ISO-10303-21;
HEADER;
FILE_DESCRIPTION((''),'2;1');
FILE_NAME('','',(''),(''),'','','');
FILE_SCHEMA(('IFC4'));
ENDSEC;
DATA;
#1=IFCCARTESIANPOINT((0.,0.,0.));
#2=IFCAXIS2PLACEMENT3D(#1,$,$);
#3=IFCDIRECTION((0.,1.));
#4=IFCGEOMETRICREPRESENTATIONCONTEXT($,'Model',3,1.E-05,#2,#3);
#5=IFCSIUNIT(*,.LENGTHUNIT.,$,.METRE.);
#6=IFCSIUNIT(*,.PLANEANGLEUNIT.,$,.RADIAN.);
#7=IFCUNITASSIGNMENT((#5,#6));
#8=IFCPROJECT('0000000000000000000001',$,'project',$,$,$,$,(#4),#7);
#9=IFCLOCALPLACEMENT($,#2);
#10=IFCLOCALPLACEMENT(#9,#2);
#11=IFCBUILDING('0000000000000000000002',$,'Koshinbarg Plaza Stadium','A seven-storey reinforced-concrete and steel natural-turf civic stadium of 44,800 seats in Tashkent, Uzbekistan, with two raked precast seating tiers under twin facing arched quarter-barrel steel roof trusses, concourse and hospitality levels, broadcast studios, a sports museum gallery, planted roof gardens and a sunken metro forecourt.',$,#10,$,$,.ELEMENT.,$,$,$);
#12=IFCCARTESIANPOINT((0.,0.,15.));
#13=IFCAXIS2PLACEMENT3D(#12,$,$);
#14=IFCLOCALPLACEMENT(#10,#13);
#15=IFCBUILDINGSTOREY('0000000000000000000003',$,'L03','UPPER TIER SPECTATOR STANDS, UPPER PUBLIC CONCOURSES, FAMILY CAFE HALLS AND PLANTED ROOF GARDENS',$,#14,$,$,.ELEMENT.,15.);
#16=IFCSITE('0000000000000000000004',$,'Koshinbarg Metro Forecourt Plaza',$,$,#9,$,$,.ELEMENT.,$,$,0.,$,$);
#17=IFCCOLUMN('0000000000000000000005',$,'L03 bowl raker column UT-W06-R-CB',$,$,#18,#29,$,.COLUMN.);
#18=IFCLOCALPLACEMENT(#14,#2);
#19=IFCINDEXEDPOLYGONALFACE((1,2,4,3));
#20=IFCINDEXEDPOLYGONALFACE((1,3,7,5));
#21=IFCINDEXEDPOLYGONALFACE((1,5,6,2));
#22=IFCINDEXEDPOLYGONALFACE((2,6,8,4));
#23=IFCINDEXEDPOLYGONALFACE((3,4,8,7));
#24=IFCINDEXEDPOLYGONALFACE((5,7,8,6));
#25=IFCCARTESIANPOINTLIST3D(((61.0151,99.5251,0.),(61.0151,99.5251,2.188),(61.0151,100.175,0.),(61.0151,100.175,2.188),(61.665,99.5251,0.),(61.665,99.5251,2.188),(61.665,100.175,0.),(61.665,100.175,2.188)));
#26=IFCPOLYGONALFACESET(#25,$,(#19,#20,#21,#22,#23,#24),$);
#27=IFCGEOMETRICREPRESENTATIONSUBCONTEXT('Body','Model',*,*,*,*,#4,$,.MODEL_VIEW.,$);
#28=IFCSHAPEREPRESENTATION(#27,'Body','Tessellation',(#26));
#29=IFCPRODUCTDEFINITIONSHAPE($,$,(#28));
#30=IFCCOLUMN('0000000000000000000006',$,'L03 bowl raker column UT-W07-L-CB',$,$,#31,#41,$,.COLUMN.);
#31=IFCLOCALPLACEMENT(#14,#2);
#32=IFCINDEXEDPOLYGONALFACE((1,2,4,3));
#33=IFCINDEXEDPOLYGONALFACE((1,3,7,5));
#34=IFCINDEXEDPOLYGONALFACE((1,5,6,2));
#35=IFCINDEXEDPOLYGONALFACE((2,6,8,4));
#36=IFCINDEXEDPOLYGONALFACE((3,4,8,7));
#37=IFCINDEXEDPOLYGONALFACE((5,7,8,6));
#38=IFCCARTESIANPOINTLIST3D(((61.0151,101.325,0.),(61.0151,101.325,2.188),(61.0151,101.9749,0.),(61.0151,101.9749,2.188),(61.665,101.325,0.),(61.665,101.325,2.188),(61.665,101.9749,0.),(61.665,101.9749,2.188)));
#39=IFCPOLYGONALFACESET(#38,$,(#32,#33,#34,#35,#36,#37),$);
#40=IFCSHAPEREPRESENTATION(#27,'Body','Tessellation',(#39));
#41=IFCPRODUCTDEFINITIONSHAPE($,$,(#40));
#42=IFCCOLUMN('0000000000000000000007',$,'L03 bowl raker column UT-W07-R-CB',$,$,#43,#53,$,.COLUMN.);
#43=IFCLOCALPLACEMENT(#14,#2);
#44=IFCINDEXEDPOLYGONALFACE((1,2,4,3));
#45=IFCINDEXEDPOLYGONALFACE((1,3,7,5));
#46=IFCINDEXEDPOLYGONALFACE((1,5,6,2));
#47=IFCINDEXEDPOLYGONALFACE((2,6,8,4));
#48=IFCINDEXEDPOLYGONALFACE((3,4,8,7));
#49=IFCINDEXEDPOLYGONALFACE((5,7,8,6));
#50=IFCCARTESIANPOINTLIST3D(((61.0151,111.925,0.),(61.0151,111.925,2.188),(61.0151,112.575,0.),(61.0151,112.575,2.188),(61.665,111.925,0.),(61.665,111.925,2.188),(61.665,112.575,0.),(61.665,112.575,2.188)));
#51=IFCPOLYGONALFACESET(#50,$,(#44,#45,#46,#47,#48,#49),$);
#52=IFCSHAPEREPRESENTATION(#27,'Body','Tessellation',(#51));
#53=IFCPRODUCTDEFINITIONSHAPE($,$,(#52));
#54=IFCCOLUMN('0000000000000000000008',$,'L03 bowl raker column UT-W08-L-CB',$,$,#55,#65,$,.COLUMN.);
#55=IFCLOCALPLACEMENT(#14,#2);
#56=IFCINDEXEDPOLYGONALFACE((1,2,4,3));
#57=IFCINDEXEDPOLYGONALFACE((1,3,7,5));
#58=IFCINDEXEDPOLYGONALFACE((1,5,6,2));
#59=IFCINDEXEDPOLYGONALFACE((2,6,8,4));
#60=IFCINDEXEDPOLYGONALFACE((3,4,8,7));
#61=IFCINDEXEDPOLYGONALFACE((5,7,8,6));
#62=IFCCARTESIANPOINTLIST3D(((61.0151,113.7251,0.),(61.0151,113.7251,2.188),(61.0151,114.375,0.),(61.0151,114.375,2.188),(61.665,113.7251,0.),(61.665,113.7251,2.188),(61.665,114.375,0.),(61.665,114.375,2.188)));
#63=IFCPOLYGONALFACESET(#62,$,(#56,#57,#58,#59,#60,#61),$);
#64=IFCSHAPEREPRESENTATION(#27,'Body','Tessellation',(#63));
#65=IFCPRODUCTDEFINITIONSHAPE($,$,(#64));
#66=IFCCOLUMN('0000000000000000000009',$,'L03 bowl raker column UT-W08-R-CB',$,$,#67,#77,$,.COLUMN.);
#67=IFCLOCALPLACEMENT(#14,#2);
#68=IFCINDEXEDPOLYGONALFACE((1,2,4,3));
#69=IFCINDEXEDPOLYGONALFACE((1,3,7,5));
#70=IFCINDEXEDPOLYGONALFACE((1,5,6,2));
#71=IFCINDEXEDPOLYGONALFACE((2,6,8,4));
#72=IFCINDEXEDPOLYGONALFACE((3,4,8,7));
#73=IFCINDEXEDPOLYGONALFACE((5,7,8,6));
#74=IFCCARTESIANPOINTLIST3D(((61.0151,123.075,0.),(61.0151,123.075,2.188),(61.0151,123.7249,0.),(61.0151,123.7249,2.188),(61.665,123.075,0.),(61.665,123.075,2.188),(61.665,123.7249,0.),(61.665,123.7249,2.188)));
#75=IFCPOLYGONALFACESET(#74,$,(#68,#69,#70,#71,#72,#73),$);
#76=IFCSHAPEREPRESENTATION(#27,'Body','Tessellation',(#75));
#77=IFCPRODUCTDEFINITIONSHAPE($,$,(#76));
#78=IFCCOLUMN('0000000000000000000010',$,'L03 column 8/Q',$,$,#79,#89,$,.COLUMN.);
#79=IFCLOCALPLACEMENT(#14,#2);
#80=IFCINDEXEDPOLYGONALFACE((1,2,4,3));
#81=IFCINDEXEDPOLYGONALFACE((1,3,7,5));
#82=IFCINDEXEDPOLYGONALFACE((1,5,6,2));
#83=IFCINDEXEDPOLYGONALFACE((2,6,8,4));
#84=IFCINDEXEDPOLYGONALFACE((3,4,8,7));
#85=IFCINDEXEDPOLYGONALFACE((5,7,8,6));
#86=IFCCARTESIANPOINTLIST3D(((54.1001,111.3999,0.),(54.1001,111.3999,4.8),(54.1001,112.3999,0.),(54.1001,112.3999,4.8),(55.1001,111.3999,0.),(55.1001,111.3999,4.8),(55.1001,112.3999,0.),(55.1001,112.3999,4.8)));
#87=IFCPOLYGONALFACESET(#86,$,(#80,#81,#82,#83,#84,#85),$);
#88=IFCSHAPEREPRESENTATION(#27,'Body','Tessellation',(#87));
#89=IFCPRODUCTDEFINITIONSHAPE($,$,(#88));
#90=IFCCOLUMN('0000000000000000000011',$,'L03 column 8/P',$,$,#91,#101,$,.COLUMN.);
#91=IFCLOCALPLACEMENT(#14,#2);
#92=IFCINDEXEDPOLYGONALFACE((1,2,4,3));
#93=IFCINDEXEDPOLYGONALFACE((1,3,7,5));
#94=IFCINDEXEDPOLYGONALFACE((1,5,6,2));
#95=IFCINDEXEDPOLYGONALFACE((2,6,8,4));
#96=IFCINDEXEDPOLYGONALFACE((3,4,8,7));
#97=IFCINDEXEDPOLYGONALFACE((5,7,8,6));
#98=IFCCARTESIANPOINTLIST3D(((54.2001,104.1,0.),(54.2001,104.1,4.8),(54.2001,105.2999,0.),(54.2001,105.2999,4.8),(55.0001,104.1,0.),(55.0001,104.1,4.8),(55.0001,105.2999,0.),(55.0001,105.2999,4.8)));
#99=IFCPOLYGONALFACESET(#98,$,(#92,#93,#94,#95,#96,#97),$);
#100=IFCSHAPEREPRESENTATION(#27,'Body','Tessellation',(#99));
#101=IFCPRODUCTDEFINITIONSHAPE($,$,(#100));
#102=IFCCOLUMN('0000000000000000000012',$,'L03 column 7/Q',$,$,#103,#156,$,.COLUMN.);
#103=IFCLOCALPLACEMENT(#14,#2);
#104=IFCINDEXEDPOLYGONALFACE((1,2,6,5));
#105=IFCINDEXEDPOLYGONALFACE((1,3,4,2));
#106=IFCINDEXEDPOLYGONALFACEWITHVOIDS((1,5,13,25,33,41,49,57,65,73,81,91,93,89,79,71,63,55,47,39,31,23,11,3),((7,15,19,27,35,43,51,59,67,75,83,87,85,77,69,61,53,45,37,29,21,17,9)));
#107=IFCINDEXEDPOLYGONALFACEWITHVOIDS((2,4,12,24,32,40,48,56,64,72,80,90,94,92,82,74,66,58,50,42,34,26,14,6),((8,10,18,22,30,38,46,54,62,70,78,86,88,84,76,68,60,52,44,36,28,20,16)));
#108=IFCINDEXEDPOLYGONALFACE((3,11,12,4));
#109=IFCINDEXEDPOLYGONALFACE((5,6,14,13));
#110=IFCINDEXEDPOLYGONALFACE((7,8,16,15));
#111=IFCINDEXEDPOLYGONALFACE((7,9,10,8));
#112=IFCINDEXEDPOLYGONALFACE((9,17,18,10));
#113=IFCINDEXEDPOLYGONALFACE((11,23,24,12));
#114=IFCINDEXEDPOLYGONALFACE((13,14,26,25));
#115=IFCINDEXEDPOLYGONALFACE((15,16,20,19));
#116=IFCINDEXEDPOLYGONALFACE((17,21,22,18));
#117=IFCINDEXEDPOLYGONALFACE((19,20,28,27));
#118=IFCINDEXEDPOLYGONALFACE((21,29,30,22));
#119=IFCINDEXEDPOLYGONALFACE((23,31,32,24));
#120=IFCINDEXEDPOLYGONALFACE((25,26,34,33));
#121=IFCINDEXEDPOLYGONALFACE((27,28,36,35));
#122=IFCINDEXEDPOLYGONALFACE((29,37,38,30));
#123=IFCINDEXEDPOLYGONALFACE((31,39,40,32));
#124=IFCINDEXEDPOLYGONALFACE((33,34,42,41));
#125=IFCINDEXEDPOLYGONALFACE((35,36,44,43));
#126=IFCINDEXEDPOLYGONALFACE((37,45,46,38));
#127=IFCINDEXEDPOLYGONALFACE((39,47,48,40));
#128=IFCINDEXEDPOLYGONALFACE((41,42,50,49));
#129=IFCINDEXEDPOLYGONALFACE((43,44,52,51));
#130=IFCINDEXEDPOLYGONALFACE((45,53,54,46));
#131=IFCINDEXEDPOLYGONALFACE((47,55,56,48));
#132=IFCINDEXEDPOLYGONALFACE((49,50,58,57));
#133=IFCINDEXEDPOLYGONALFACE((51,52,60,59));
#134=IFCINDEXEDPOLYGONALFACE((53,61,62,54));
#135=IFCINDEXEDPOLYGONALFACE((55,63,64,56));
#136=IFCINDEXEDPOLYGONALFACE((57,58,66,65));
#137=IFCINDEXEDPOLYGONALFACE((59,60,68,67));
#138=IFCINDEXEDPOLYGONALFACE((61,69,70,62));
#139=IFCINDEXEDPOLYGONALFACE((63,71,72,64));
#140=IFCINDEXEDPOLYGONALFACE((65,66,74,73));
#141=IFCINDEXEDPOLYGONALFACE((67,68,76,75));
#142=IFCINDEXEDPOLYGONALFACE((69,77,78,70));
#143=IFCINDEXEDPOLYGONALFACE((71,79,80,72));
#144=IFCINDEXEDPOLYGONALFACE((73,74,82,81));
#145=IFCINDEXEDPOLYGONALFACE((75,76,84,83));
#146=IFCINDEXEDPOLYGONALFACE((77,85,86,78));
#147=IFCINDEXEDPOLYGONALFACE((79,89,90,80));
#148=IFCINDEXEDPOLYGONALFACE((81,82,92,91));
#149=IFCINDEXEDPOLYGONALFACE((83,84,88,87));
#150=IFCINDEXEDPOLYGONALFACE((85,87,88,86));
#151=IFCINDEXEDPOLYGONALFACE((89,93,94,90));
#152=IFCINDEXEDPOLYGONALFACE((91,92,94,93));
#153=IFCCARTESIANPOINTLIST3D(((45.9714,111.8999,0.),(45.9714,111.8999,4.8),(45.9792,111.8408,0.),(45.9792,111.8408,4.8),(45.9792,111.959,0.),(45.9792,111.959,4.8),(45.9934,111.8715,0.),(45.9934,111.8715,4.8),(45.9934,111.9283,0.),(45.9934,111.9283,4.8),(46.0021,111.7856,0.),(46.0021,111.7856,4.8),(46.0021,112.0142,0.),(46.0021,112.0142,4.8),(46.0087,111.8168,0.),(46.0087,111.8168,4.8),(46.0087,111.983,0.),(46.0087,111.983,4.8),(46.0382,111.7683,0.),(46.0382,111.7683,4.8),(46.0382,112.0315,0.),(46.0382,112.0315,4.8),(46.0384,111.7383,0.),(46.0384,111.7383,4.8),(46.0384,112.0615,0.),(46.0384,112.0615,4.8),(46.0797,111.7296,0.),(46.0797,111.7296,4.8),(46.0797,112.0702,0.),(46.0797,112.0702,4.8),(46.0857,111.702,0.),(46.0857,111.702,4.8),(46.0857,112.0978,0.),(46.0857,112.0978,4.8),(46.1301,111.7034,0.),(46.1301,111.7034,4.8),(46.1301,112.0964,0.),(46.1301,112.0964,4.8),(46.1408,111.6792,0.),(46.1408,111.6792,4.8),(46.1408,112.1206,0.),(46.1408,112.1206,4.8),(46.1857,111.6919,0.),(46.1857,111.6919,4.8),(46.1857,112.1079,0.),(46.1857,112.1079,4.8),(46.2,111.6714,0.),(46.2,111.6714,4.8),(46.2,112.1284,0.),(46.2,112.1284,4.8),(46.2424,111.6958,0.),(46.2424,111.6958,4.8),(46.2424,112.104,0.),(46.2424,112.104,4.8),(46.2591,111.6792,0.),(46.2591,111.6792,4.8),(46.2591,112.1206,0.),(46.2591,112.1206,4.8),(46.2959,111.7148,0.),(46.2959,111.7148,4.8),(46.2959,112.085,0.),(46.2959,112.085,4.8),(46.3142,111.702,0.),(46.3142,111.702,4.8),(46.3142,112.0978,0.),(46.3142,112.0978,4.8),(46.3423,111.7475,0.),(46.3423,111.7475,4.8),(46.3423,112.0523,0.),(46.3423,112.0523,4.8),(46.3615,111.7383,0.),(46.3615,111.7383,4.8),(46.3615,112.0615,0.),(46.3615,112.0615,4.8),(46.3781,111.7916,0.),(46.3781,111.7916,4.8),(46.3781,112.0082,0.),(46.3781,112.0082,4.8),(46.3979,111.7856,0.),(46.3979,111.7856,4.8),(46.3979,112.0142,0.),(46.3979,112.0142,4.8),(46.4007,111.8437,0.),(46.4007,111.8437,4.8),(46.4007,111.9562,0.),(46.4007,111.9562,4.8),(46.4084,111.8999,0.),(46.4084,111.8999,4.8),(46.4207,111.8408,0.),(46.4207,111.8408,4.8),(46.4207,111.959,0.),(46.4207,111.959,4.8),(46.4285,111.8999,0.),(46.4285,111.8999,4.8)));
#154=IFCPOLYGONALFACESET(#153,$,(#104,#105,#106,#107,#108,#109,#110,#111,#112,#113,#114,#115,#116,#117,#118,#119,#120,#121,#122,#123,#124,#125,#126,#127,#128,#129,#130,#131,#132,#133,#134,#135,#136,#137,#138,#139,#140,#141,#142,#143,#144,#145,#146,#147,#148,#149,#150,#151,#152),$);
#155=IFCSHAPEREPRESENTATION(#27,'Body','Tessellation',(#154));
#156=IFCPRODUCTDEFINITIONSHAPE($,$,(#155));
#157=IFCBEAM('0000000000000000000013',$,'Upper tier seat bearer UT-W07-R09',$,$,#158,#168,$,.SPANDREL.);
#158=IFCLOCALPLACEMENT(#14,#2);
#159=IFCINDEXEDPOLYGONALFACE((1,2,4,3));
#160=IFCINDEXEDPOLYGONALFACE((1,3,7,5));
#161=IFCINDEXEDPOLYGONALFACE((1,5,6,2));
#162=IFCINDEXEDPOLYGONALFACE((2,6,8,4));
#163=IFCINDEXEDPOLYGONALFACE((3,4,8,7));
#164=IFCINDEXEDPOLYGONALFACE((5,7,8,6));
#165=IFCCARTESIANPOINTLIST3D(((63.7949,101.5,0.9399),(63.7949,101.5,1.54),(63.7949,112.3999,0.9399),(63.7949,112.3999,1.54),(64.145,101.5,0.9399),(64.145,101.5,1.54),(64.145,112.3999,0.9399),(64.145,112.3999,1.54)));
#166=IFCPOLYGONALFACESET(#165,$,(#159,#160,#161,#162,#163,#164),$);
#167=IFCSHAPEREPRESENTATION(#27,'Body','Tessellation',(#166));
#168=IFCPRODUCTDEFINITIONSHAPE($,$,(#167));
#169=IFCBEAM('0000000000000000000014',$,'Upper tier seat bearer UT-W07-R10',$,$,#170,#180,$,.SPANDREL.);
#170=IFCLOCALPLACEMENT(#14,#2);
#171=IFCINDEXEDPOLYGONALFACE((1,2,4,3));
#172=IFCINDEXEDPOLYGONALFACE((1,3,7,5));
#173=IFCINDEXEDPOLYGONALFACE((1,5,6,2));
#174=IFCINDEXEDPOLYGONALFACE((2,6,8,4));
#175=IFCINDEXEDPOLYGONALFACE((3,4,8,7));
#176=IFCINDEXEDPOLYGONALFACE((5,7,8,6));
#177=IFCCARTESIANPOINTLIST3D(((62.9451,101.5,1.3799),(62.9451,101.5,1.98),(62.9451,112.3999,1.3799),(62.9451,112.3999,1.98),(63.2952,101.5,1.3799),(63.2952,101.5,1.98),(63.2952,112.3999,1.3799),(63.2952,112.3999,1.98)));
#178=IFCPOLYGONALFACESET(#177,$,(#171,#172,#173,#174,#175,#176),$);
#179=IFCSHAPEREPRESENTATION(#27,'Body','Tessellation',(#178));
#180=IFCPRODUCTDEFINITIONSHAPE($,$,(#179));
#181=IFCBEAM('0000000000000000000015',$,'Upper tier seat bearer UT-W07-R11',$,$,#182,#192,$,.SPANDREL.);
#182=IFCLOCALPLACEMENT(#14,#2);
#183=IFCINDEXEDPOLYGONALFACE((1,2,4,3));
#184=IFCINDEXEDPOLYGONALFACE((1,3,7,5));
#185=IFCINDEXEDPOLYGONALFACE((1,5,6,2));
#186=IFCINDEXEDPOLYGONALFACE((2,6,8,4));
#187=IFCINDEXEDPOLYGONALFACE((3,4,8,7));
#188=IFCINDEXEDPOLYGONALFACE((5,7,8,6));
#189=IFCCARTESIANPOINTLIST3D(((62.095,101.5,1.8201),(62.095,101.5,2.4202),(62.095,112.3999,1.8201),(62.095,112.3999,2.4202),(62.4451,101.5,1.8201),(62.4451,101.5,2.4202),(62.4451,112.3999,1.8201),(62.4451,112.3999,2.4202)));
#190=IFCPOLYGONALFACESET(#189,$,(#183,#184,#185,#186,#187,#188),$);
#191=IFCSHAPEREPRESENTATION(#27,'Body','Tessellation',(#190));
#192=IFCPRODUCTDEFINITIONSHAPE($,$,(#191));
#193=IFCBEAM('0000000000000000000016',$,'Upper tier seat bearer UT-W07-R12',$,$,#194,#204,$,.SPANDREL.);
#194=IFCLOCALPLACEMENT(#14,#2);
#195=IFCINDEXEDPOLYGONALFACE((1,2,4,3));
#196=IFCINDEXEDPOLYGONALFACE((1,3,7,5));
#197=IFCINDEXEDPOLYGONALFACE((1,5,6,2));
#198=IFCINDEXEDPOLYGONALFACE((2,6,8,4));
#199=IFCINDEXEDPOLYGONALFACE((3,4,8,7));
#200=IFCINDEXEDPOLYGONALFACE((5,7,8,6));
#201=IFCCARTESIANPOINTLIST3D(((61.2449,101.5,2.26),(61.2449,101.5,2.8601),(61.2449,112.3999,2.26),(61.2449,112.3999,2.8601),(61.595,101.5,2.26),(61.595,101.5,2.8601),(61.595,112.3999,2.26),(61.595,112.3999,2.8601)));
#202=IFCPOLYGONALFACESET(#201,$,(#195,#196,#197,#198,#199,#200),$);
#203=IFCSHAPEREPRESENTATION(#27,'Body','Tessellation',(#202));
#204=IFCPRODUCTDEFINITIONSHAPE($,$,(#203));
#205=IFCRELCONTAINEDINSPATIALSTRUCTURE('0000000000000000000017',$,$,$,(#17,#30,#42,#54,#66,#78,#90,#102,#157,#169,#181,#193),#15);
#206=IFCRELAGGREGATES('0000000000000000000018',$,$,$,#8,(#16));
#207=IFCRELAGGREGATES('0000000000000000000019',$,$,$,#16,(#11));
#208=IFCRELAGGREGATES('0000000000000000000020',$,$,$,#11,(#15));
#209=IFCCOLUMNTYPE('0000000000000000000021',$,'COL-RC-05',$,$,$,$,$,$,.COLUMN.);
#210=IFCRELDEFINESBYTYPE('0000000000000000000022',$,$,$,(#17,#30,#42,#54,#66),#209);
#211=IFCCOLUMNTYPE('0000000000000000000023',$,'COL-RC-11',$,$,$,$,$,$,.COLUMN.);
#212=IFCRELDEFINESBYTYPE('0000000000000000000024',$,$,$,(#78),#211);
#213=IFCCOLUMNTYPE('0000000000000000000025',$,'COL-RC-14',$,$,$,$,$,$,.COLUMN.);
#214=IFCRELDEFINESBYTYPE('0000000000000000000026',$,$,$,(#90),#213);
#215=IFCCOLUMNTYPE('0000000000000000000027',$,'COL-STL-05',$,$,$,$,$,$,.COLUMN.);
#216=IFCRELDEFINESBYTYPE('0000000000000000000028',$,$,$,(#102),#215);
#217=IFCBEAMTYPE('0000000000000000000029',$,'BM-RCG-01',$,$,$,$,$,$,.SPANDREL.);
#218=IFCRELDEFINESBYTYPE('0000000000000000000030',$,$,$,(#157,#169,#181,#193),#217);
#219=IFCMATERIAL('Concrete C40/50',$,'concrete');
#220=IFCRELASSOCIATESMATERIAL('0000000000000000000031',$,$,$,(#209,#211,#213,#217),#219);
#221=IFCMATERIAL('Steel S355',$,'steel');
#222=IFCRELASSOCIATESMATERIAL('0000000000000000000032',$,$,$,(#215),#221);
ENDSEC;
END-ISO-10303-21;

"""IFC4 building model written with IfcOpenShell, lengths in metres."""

from ifc_helpers import new_model, si_unit, direction, frame, origin, origin_2d, place, context, subcontext, project, spatial, rectangle, hollow_circle, extrude, material, material_profile, profile_set, type_object, element, save


model = new_model("IFC4")

# Units and contexts
model_context = context("Model", 3, precision=1e-05, world=origin(), true_north=direction((0.0, 1.0)))
body_context = subcontext(model_context, "Body", "Model", "MODEL_VIEW")
ifc_project = project(units=[si_unit("LENGTHUNIT", "METRE"), si_unit("PLANEANGLEUNIT", "RADIAN")], contexts=[model_context])

# Site, building, storey
site_placement = place(None, origin())
site = spatial("IfcSite", under=ifc_project, at=site_placement, Name="Koshinbarg Metro Forecourt Plaza", CompositionType="ELEMENT", RefElevation=0.0)
building_placement = place(site_placement, origin())
building = spatial("IfcBuilding", under=site, at=building_placement, Name="Koshinbarg Plaza Stadium", Description="A seven-storey reinforced-concrete and steel natural-turf civic stadium of 44,800 seats in Tashkent, Uzbekistan, with two raked precast seating tiers under twin facing arched quarter-barrel steel roof trusses, concourse and hospitality levels, broadcast studios, a sports museum gallery, planted roof gardens and a sunken metro forecourt.", CompositionType="ELEMENT")
storey_placement = place(building_placement, frame((0.0, 0.0, 15.0)))
storey = spatial("IfcBuildingStorey", under=building, at=storey_placement, Name="L03", Description="UPPER TIER SPECTATOR STANDS, UPPER PUBLIC CONCOURSES, FAMILY CAFE HALLS AND PLANTED ROOF GARDENS", CompositionType="ELEMENT", Elevation=15.0)

# Columns
ifc_material_1 = material(Name="Concrete C40/50", Category="concrete")
ifc_material_profile_1 = material_profile(ifc_material_1, rectangle(XDim=0.6499, YDim=0.6499, at=origin_2d()), Name="RC 650x650")
ifc_profile_set_1 = profile_set([ifc_material_profile_1], Name="Concrete C40/50")
column_type_1 = type_object("IfcColumnType", Name="COL-RC-05", PredefinedType="COLUMN", material=ifc_profile_set_1)
for number, where, z_axis, x_axis, name in (
    (1, (61.3401, 99.8501, 0.0), (0.0, 0.0, 1.0), (1.0, 0.0, 0.0), "L03 bowl raker column UT-W06-R-CB"),
    (2, (61.3401, 101.6499, 0.0), (0.0, 0.0, 1.0), (1.0, 0.0, 0.0), "L03 bowl raker column UT-W07-L-CB"),
    (3, (61.3401, 112.25, 0.0), (0.0, 0.0, 1.0), (1.0, 0.0, 0.0), "L03 bowl raker column UT-W07-R-CB"),
    (4, (61.3401, 114.05, 0.0), (0.0, 0.0, 1.0), (1.0, 0.0, 0.0), "L03 bowl raker column UT-W08-L-CB"),
    (5, (61.3401, 123.3999, 0.0), (0.0, 0.0, 1.0), (1.0, 0.0, 0.0), "L03 bowl raker column UT-W08-R-CB"),
):
    element("IfcColumn", number, at=place(storey_placement, frame(where, z_axis=z_axis, x_axis=x_axis)), inside=storey, type_object=column_type_1, Name=name, PredefinedType="COLUMN", context=body_context, shape_type="SweptSolid", body=[
        extrude(rectangle(XDim=0.6499, YDim=0.6499, at=origin_2d()), origin(), (0.0, 0.0, 1.0), 2.188),
    ])
ifc_material_profile_2 = material_profile(ifc_material_1, rectangle(XDim=1.0, YDim=1.0, at=origin_2d()), Name="RC 1000x1000")
ifc_profile_set_2 = profile_set([ifc_material_profile_2], Name="Concrete C40/50")
column_type_2 = type_object("IfcColumnType", Name="COL-RC-11", PredefinedType="COLUMN", material=ifc_profile_set_2)
column_1_placement = place(storey_placement, frame((54.6001, 111.8999, 0.0), z_axis=(0.0, 0.0, 1.0), x_axis=(1.0, 0.0, 0.0)))
element("IfcColumn", 6, at=column_1_placement, inside=storey, type_object=column_type_2, Name="L03 column 8/Q", PredefinedType="COLUMN", context=body_context, shape_type="SweptSolid", body=[
    extrude(rectangle(XDim=1.0, YDim=1.0, at=origin_2d()), origin(), (0.0, 0.0, 1.0), 4.8),
])
ifc_material_profile_3 = material_profile(ifc_material_1, rectangle(XDim=0.8, YDim=1.2, at=origin_2d()), Name="RC 800x1200")
ifc_profile_set_3 = profile_set([ifc_material_profile_3], Name="Concrete C40/50")
column_type_3 = type_object("IfcColumnType", Name="COL-RC-14", PredefinedType="COLUMN", material=ifc_profile_set_3)
column_2_placement = place(storey_placement, frame((54.6001, 104.7, 0.0), z_axis=(0.0, 0.0, 1.0), x_axis=(1.0, 0.0, 0.0)))
element("IfcColumn", 7, at=column_2_placement, inside=storey, type_object=column_type_3, Name="L03 column 8/P", PredefinedType="COLUMN", context=body_context, shape_type="SweptSolid", body=[
    extrude(rectangle(XDim=0.8, YDim=1.2, at=origin_2d()), origin(), (0.0, 0.0, 1.0), 4.8),
])
ifc_material_2 = material(Name="Steel S355", Category="steel")
ifc_material_profile_4 = material_profile(ifc_material_2, hollow_circle(Radius=0.2285, WallThickness=0.02, at=origin_2d()), Name="CHS 457x20")
ifc_profile_set_4 = profile_set([ifc_material_profile_4], Name="Steel S355")
column_type_4 = type_object("IfcColumnType", Name="COL-STL-05", PredefinedType="COLUMN", material=ifc_profile_set_4)
column_3_placement = place(storey_placement, frame((46.2, 111.8999, 0.0), z_axis=(0.0, 0.0, 1.0), x_axis=(1.0, 0.0, 0.0)))
element("IfcColumn", 8, at=column_3_placement, inside=storey, type_object=column_type_4, Name="L03 column 7/Q", PredefinedType="COLUMN", context=body_context, shape_type="SweptSolid", body=[
    extrude(hollow_circle(Radius=0.2285, WallThickness=0.02, at=origin_2d()), origin(), (0.0, 0.0, 1.0), 4.8),
])

# Beams
ifc_material_profile_5 = material_profile(ifc_material_1, rectangle(XDim=0.3501, YDim=0.6001, at=origin_2d()), Name="RC 350x600")
ifc_profile_set_5 = profile_set([ifc_material_profile_5], Name="Concrete C40/50")
beam_type_1 = type_object("IfcBeamType", Name="BM-RCG-01", PredefinedType="SPANDREL", material=ifc_profile_set_5)
for number, where, z_axis, x_axis, name in (
    (9, (63.97, 101.5, 1.24), (0.0, 1.0, 0.0), (-1.0, 0.0, 0.0), "Upper tier seat bearer UT-W07-R09"),
    (10, (63.1201, 101.5, 1.6799), (0.0, 1.0, 0.0), (-1.0, 0.0, 0.0), "Upper tier seat bearer UT-W07-R10"),
    (11, (62.27, 101.5, 2.1201), (0.0, 1.0, 0.0), (-1.0, 0.0, 0.0), "Upper tier seat bearer UT-W07-R11"),
    (12, (61.4199, 101.5, 2.5601), (0.0, 1.0, 0.0), (-1.0, 0.0, 0.0), "Upper tier seat bearer UT-W07-R12"),
):
    element("IfcBeam", number, at=place(storey_placement, frame(where, z_axis=z_axis, x_axis=x_axis)), inside=storey, type_object=beam_type_1, Name=name, PredefinedType="SPANDREL", context=body_context, shape_type="SweptSolid", body=[
        extrude(rectangle(XDim=0.3501, YDim=0.6001, at=origin_2d()), origin(), (0.0, 0.0, 1.0), 10.8999),
    ])

save(model, "model.ifc")
